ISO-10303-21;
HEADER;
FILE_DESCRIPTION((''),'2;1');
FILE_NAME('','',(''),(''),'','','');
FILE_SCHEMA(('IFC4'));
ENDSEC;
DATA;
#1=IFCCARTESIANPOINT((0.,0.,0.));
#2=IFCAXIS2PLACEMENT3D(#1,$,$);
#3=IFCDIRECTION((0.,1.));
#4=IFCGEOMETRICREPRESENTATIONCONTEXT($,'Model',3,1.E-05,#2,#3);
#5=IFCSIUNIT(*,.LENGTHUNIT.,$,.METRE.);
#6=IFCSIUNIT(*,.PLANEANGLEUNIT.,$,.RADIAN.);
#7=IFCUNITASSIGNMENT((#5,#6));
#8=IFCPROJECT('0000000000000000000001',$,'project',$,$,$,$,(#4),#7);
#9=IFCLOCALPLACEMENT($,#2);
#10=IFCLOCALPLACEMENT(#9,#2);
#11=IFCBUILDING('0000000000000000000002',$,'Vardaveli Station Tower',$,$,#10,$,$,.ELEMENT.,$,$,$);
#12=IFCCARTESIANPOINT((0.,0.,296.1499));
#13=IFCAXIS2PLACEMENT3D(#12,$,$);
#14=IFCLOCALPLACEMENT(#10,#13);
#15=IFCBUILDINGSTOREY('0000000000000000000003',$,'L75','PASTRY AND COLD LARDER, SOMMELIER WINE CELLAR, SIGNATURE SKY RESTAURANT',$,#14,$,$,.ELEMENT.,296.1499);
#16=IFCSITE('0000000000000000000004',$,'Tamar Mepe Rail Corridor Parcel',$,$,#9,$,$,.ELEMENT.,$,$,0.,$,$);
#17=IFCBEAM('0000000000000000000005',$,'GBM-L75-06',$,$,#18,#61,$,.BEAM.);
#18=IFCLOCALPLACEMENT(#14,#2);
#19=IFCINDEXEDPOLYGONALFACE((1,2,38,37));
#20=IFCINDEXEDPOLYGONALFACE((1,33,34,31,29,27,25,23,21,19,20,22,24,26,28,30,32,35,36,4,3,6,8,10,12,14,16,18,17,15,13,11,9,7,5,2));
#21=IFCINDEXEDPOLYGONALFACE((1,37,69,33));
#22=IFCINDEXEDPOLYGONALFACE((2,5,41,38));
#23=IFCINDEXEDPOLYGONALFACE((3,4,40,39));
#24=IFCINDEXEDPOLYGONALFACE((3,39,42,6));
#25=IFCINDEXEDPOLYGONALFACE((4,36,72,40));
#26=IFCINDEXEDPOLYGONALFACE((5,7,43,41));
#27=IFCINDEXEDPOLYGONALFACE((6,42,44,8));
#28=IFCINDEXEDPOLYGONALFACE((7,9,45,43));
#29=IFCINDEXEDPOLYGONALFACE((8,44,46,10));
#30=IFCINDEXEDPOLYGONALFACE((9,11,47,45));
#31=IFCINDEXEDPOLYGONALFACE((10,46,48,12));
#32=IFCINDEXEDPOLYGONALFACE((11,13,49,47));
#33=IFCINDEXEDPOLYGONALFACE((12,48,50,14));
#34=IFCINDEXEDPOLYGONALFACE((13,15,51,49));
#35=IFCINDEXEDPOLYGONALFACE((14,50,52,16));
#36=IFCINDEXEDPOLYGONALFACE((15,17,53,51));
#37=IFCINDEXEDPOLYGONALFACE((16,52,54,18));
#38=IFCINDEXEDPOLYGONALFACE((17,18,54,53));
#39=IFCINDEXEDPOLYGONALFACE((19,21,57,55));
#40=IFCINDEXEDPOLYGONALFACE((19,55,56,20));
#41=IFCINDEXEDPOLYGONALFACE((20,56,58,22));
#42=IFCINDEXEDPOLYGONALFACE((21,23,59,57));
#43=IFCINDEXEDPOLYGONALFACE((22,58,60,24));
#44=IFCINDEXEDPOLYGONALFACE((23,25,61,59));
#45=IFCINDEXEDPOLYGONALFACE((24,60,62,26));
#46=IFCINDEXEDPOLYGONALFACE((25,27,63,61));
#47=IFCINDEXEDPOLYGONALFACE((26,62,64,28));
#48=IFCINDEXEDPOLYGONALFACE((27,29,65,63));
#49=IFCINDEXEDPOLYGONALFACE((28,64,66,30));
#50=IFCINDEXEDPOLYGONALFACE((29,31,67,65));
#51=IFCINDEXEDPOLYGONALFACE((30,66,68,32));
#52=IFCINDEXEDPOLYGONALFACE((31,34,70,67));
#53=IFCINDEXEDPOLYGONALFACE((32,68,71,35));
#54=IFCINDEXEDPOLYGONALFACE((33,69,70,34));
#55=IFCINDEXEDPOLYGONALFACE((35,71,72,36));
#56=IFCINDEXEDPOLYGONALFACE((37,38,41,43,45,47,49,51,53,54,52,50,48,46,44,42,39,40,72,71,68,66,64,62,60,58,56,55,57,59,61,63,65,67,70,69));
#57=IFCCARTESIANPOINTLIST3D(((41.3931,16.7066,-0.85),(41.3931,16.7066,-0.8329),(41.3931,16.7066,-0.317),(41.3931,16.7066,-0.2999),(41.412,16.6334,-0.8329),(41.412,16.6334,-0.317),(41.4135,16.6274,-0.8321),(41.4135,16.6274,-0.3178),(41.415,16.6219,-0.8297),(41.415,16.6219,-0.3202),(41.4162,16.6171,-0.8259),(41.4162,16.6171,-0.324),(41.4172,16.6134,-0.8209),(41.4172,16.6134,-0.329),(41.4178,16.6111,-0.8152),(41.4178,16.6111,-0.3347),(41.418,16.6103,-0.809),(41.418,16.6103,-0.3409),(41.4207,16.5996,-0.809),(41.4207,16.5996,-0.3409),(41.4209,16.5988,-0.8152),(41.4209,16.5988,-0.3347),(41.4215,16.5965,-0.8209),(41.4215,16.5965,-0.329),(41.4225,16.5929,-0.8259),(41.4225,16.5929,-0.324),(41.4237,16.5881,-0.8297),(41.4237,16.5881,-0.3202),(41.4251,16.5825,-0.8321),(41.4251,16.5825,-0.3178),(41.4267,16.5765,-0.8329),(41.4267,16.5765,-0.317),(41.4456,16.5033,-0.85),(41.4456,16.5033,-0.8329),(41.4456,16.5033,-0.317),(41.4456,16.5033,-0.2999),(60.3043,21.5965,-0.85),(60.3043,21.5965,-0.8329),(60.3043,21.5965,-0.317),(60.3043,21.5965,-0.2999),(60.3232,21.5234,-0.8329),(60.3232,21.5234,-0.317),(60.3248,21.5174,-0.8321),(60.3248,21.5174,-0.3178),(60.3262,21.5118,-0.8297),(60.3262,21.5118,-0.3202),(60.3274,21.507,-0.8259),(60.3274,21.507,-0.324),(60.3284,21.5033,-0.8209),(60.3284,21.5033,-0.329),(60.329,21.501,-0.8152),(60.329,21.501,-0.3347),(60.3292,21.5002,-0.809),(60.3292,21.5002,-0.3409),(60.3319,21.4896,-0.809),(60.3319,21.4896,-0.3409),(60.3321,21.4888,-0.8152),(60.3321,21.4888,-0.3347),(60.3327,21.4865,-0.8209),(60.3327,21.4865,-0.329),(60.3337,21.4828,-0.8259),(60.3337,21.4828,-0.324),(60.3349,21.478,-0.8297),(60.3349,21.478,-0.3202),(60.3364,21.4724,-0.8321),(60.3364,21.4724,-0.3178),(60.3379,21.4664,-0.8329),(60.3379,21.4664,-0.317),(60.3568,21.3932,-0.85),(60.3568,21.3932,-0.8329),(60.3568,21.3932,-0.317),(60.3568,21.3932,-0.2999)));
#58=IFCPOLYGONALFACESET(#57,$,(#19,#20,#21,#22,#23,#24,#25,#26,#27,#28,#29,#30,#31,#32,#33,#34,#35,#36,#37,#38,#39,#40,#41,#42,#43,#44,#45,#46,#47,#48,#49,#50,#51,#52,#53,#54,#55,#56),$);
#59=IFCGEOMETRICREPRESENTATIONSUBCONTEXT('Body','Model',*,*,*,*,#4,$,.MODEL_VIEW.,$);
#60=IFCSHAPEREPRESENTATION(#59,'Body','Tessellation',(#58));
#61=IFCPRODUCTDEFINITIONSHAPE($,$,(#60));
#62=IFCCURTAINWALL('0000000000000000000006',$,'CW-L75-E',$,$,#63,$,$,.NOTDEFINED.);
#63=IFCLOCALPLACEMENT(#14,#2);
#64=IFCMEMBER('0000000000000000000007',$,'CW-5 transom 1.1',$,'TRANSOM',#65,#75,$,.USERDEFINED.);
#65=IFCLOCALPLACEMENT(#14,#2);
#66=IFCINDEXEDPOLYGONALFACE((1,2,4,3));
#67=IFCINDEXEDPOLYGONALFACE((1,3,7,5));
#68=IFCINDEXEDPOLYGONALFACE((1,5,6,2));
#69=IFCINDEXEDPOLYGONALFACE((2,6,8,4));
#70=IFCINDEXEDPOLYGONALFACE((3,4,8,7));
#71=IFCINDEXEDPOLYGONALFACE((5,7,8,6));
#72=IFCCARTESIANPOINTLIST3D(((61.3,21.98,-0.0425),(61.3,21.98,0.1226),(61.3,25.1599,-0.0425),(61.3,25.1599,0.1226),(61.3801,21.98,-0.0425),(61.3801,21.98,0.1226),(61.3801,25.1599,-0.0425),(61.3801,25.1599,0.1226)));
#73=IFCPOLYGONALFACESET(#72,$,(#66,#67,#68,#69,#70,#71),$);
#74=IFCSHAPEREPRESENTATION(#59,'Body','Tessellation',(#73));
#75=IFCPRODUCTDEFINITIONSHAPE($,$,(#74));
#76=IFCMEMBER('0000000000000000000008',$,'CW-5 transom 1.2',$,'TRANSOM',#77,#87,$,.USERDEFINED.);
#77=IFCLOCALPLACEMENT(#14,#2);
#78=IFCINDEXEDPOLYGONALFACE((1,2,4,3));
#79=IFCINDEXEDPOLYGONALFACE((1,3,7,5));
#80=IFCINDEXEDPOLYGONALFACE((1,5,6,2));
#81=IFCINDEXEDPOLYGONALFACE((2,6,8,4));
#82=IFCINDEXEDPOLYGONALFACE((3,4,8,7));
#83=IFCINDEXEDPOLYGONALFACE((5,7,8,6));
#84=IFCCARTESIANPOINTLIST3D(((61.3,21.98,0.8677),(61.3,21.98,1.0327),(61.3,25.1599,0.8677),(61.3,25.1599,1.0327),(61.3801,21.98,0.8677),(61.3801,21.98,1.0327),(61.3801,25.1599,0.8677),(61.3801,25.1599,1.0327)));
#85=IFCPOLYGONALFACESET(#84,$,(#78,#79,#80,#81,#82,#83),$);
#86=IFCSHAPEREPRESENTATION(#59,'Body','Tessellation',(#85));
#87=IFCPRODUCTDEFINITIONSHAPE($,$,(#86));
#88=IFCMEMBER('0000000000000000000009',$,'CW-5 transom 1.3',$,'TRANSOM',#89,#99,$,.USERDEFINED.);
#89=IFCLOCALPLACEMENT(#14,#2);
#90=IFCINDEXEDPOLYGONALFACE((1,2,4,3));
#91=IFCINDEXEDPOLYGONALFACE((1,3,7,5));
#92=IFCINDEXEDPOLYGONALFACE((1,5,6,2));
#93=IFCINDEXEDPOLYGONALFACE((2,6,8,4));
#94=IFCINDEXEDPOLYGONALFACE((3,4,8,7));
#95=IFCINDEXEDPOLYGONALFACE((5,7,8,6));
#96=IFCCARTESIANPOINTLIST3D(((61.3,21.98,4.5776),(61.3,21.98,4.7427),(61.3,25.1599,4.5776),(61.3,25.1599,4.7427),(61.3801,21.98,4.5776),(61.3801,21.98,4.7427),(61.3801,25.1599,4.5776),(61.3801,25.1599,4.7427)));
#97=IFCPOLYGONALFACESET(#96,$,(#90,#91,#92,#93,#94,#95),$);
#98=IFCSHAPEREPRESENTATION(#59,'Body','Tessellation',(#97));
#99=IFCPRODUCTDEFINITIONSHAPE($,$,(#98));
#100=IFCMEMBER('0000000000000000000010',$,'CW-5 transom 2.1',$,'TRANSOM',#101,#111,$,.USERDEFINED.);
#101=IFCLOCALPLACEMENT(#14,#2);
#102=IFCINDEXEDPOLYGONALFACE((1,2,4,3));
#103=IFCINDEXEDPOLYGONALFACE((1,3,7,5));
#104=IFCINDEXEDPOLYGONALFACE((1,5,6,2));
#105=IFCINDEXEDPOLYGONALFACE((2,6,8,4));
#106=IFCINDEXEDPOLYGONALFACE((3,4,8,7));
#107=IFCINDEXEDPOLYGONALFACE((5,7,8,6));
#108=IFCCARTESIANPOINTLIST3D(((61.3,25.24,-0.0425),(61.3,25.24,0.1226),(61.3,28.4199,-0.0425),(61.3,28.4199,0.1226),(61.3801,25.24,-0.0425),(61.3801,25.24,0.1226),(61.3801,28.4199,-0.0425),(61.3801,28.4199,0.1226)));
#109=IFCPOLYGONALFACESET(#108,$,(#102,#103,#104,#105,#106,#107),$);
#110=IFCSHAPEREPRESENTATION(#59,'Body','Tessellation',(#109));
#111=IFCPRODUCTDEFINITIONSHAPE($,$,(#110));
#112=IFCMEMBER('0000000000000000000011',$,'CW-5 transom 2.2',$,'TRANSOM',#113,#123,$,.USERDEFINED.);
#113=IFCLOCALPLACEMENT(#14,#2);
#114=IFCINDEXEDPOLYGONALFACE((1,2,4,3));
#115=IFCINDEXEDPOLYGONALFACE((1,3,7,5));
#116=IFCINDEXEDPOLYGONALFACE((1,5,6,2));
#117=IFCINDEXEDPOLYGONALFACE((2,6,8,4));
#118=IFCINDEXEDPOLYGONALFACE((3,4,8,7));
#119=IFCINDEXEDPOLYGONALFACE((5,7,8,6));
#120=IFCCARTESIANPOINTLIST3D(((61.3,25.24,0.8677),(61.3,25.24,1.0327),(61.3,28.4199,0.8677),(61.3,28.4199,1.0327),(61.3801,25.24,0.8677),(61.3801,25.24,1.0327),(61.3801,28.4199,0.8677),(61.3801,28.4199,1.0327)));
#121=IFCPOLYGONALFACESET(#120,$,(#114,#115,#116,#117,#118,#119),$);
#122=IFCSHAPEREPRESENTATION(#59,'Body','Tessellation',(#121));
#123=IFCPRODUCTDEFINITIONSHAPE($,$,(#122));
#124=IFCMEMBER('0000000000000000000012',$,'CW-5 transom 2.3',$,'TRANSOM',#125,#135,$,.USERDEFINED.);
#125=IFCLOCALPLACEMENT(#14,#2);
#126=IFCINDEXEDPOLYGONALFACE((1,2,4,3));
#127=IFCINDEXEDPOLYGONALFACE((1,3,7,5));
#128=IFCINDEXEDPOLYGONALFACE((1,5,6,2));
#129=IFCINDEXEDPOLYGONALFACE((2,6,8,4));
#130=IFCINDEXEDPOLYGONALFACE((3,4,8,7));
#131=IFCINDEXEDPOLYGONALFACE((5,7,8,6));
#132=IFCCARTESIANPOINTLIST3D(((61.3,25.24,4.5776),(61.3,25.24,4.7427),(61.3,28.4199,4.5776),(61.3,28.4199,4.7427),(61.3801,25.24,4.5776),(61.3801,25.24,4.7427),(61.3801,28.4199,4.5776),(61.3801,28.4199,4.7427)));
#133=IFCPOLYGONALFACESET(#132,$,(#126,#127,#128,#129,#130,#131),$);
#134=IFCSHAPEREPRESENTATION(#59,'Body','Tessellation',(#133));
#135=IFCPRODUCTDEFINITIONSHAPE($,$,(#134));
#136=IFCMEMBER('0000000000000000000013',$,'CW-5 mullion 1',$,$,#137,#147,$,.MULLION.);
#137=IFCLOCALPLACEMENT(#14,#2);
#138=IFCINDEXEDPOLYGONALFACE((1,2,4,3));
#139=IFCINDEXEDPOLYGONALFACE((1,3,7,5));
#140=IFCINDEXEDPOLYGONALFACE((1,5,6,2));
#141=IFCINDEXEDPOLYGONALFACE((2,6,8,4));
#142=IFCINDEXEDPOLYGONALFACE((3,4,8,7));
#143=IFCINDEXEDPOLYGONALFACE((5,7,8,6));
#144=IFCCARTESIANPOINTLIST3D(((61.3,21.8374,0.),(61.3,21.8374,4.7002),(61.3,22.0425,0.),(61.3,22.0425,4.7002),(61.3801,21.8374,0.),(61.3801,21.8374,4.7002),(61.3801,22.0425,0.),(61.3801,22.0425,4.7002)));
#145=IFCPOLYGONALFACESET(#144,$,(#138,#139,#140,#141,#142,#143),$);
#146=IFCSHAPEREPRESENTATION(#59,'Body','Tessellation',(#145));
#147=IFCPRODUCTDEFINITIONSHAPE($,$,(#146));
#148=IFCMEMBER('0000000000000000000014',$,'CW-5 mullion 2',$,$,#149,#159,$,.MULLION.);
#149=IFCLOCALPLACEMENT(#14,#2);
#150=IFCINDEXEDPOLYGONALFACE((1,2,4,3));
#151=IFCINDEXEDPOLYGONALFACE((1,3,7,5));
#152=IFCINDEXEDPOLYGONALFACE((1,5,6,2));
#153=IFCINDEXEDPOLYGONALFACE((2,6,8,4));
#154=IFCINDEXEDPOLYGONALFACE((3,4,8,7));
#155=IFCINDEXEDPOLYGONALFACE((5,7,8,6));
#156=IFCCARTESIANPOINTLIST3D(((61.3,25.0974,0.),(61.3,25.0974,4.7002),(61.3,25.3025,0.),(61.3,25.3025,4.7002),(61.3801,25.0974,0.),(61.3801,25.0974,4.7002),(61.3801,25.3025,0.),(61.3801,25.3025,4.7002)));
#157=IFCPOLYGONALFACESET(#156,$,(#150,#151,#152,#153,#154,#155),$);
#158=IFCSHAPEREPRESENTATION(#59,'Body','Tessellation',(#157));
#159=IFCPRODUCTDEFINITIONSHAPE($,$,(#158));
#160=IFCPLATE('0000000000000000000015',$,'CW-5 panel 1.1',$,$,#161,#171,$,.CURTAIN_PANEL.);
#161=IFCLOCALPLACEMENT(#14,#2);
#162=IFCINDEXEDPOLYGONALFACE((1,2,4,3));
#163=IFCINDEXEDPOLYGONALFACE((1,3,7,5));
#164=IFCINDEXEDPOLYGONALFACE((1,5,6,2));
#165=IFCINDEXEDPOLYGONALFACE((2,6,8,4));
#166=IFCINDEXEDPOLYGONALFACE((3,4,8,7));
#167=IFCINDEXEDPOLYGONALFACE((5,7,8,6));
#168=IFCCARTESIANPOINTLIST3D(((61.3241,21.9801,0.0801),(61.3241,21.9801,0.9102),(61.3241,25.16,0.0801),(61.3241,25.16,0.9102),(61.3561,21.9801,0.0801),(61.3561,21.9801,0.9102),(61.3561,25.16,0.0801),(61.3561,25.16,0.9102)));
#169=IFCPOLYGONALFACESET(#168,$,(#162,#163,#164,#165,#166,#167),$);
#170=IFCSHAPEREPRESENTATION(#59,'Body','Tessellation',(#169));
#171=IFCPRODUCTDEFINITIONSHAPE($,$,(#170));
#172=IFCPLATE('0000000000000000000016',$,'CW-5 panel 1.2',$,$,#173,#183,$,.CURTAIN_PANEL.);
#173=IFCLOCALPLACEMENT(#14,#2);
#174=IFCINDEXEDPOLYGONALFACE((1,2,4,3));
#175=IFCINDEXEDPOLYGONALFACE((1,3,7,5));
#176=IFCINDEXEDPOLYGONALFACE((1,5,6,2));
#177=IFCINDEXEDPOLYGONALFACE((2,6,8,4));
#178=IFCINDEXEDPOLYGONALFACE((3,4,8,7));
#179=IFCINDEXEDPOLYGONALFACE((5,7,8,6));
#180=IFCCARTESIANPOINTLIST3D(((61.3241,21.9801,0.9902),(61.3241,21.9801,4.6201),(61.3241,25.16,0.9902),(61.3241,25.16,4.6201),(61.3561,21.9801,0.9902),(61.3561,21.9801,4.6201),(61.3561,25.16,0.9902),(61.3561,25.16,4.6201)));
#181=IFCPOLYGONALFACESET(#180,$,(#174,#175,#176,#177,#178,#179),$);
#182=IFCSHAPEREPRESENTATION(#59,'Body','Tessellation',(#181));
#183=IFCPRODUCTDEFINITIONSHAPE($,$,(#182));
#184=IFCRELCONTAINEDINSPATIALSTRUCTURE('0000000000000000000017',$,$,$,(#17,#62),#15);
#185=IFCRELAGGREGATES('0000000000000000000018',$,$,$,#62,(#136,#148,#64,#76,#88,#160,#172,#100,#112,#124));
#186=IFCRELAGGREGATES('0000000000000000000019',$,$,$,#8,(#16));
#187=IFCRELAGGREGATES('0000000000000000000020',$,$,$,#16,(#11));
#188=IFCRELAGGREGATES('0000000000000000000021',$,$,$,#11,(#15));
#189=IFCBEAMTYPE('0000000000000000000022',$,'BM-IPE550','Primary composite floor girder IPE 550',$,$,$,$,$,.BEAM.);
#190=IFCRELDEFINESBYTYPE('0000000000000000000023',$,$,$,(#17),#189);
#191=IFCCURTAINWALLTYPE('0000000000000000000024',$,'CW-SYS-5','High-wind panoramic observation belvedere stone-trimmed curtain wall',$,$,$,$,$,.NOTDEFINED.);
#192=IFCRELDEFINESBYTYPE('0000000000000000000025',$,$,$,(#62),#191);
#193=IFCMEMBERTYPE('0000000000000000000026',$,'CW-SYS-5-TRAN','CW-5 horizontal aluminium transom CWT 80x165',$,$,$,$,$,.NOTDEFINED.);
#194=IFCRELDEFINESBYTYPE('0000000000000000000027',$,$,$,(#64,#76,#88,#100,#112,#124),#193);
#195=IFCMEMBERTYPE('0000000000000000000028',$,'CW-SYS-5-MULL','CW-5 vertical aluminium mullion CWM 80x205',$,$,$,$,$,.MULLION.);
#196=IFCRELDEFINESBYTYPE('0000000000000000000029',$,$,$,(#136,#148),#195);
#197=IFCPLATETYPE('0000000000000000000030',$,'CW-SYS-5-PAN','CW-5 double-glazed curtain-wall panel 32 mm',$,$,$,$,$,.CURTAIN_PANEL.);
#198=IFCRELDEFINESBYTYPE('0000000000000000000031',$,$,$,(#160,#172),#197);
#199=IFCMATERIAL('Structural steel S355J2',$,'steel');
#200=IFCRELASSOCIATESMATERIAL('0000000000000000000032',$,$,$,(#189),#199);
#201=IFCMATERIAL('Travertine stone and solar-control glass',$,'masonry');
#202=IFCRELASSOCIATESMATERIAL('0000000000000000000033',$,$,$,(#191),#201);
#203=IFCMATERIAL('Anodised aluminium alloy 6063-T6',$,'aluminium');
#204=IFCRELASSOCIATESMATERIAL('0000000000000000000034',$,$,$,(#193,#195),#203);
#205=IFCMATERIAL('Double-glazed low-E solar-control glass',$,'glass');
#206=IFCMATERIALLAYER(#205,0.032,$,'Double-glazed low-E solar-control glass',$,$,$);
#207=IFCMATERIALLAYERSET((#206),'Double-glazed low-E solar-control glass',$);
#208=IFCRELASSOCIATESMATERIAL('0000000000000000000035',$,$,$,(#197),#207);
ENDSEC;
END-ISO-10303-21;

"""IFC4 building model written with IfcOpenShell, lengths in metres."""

from ifc_helpers import new_model, si_unit, direction, frame, origin, origin_2d, place, context, subcontext, project, spatial, rectangle, i_section, extrude, source, transform, mapped, material, layer, layer_set, material_profile, profile_set, type_object, element, aggregate, save


model = new_model("IFC4")

# Units and contexts
model_context = context("Model", 3, precision=1e-05, world=origin(), true_north=direction((0.0, 1.0)))
body_context = subcontext(model_context, "Body", "Model", "MODEL_VIEW")
ifc_project = project(units=[si_unit("LENGTHUNIT", "METRE"), si_unit("PLANEANGLEUNIT", "RADIAN")], contexts=[model_context])

# Site, building, storey
site_placement = place(None, origin())
site = spatial("IfcSite", under=ifc_project, at=site_placement, Name="Tamar Mepe Rail Corridor Parcel", CompositionType="ELEMENT", RefElevation=0.0)
building_placement = place(site_placement, origin())
building = spatial("IfcBuilding", under=site, at=building_placement, Name="Vardaveli Station Tower", CompositionType="ELEMENT")
storey_placement = place(building_placement, frame((0.0, 0.0, 296.1499)))
storey = spatial("IfcBuildingStorey", under=building, at=storey_placement, Name="L75", Description="PASTRY AND COLD LARDER, SOMMELIER WINE CELLAR, SIGNATURE SKY RESTAURANT", CompositionType="ELEMENT", Elevation=296.1499)

# Shared definitions
ifc_material_1 = material(Name="Structural steel S355J2", Category="steel")

# Beam
ifc_material_profile_1 = material_profile(ifc_material_1, i_section(OverallWidth=0.21, OverallDepth=0.55, WebThickness=0.011, FlangeThickness=0.0171, FilletRadius=0.0239, at=origin_2d()), Name="IPE 550")
ifc_profile_set_1 = profile_set([ifc_material_profile_1], Name="Structural steel S355J2")
beam_type_1 = type_object("IfcBeamType", Name="BM-IPE550", Description="Primary composite floor girder IPE 550", PredefinedType="BEAM", material=ifc_profile_set_1)
shared_shape_1 = source(origin(), body_context, "Body", "SweptSolid", [
    extrude(i_section(OverallWidth=0.21, OverallDepth=0.55, WebThickness=0.011, FlangeThickness=0.0171, FilletRadius=0.0239, at=origin_2d()), origin(), (0.0, 0.0, 1.0), 19.5332),
])
beam_1_placement = place(storey_placement, frame((60.3306, 21.4949, -0.575), z_axis=(-0.968158, -0.250339, 0.0), x_axis=(0.250339, -0.968158, 0.0)))
element("IfcBeam", 1, at=beam_1_placement, inside=storey, type_object=beam_type_1, Name="GBM-L75-06", PredefinedType="BEAM", context=body_context, shape_type="MappedRepresentation", body=[
    mapped(shared_shape_1, transform((0.0, 0.0, 0.0), scale=1.0)),
])

# Curtain wall, members, plates
ifc_material_2 = material(Name="Travertine stone and solar-control glass", Category="masonry")
curtain_wall_type = type_object("IfcCurtainWallType", Name="CW-SYS-5", Description="High-wind panoramic observation belvedere stone-trimmed curtain wall", PredefinedType="NOTDEFINED", material=ifc_material_2)
curtain_wall_placement = place(storey_placement, origin())
curtain_wall = element("IfcCurtainWall", 2, at=curtain_wall_placement, inside=storey, type_object=curtain_wall_type, Name="CW-L75-E", PredefinedType="NOTDEFINED")
ifc_material_3 = material(Name="Anodised aluminium alloy 6063-T6", Category="aluminium")
ifc_material_profile_2 = material_profile(ifc_material_3, rectangle(XDim=0.0801, YDim=0.165, at=origin_2d()), Name="CWT 80x165")
ifc_profile_set_2 = profile_set([ifc_material_profile_2], Name="Anodised aluminium alloy 6063-T6")
member_type_1 = type_object("IfcMemberType", Name="CW-SYS-5-TRAN", Description="CW-5 horizontal aluminium transom CWT 80x165", PredefinedType="NOTDEFINED", material=ifc_profile_set_2)
shared_shape_2 = source(origin(), body_context, "Body", "SweptSolid", [
    extrude(rectangle(XDim=0.0801, YDim=0.165, at=origin_2d()), origin(), (0.0, 0.0, 1.0), 3.1799),
])
member_1_placement = place(storey_placement, frame((61.3401, 21.98, 0.04), z_axis=(0.0, 1.0, 0.0), x_axis=(-1.0, 0.0, 0.0)))
member_1 = element("IfcMember", 3, at=member_1_placement, type_object=member_type_1, Name="CW-5 transom 1.1", ObjectType="TRANSOM", PredefinedType="USERDEFINED", context=body_context, shape_type="MappedRepresentation", body=[
    mapped(shared_shape_2, transform((0.0, 0.0, 0.0), scale=1.0)),
])
member_2_placement = place(storey_placement, frame((61.3401, 21.98, 0.9502), z_axis=(0.0, 1.0, 0.0), x_axis=(-1.0, 0.0, 0.0)))
member_2 = element("IfcMember", 4, at=member_2_placement, type_object=member_type_1, Name="CW-5 transom 1.2", ObjectType="TRANSOM", PredefinedType="USERDEFINED", context=body_context, shape_type="MappedRepresentation", body=[
    mapped(shared_shape_2, transform((0.0, 0.0, 0.0), scale=1.0)),
])
member_3_placement = place(storey_placement, frame((61.3401, 21.98, 4.6602), z_axis=(0.0, 1.0, 0.0), x_axis=(-1.0, 0.0, 0.0)))
member_3 = element("IfcMember", 5, at=member_3_placement, type_object=member_type_1, Name="CW-5 transom 1.3", ObjectType="TRANSOM", PredefinedType="USERDEFINED", context=body_context, shape_type="MappedRepresentation", body=[
    mapped(shared_shape_2, transform((0.0, 0.0, 0.0), scale=1.0)),
])
member_4_placement = place(storey_placement, frame((61.3401, 25.24, 0.04), z_axis=(0.0, 1.0, 0.0), x_axis=(-1.0, 0.0, 0.0)))
member_4 = element("IfcMember", 6, at=member_4_placement, type_object=member_type_1, Name="CW-5 transom 2.1", ObjectType="TRANSOM", PredefinedType="USERDEFINED", context=body_context, shape_type="MappedRepresentation", body=[
    mapped(shared_shape_2, transform((0.0, 0.0, 0.0), scale=1.0)),
])
member_5_placement = place(storey_placement, frame((61.3401, 25.24, 0.9502), z_axis=(0.0, 1.0, 0.0), x_axis=(-1.0, 0.0, 0.0)))
member_5 = element("IfcMember", 7, at=member_5_placement, type_object=member_type_1, Name="CW-5 transom 2.2", ObjectType="TRANSOM", PredefinedType="USERDEFINED", context=body_context, shape_type="MappedRepresentation", body=[
    mapped(shared_shape_2, transform((0.0, 0.0, 0.0), scale=1.0)),
])
member_6_placement = place(storey_placement, frame((61.3401, 25.24, 4.6602), z_axis=(0.0, 1.0, 0.0), x_axis=(-1.0, 0.0, 0.0)))
member_6 = element("IfcMember", 8, at=member_6_placement, type_object=member_type_1, Name="CW-5 transom 2.3", ObjectType="TRANSOM", PredefinedType="USERDEFINED", context=body_context, shape_type="MappedRepresentation", body=[
    mapped(shared_shape_2, transform((0.0, 0.0, 0.0), scale=1.0)),
])
ifc_material_profile_3 = material_profile(ifc_material_3, rectangle(XDim=0.0801, YDim=0.2051, at=origin_2d()), Name="CWM 80x205")
ifc_profile_set_3 = profile_set([ifc_material_profile_3], Name="Anodised aluminium alloy 6063-T6")
member_type_2 = type_object("IfcMemberType", Name="CW-SYS-5-MULL", Description="CW-5 vertical aluminium mullion CWM 80x205", PredefinedType="MULLION", material=ifc_profile_set_3)
shared_shape_3 = source(origin(), body_context, "Body", "SweptSolid", [
    extrude(rectangle(XDim=0.0801, YDim=0.2051, at=origin_2d()), origin(), (0.0, 0.0, 1.0), 4.7002),
])
member_7_placement = place(storey_placement, frame((61.3401, 21.9399, 0.0), z_axis=(0.0, 0.0, 1.0), x_axis=(-1.0, 0.0, 0.0)))
member_7 = element("IfcMember", 9, at=member_7_placement, type_object=member_type_2, Name="CW-5 mullion 1", PredefinedType="MULLION", context=body_context, shape_type="MappedRepresentation", body=[
    mapped(shared_shape_3, transform((0.0, 0.0, 0.0), scale=1.0)),
])
member_8_placement = place(storey_placement, frame((61.3401, 25.2, 0.0), z_axis=(0.0, 0.0, 1.0), x_axis=(-1.0, 0.0, 0.0)))
member_8 = element("IfcMember", 10, at=member_8_placement, type_object=member_type_2, Name="CW-5 mullion 2", PredefinedType="MULLION", context=body_context, shape_type="MappedRepresentation", body=[
    mapped(shared_shape_3, transform((0.0, 0.0, 0.0), scale=1.0)),
])
ifc_material_4 = material(Name="Double-glazed low-E solar-control glass", Category="glass")
ifc_layer_1 = layer(ifc_material_4, 0.032, Name="Double-glazed low-E solar-control glass")
ifc_layer_set_1 = layer_set([ifc_layer_1], Name="Double-glazed low-E solar-control glass")
plate_type = type_object("IfcPlateType", Name="CW-SYS-5-PAN", Description="CW-5 double-glazed curtain-wall panel 32 mm", PredefinedType="CURTAIN_PANEL", material=ifc_layer_set_1)
shared_shape_4 = source(origin(), body_context, "Body", "SweptSolid", [
    extrude(rectangle(XDim=3.1799, YDim=0.032, at=origin_2d()), origin(), (0.0, 0.0, 1.0), 0.8301),
])
plate_1_placement = place(storey_placement, frame((61.3401, 23.5701, 0.0801), z_axis=(0.0, 0.0, 1.0), x_axis=(0.0, 1.0, 0.0)))
plate_1 = element("IfcPlate", 11, at=plate_1_placement, type_object=plate_type, Name="CW-5 panel 1.1", PredefinedType="CURTAIN_PANEL", context=body_context, shape_type="MappedRepresentation", body=[
    mapped(shared_shape_4, transform((0.0, 0.0, 0.0), scale=1.0)),
])
shared_shape_5 = source(origin(), body_context, "Body", "SweptSolid", [
    extrude(rectangle(XDim=3.1799, YDim=0.032, at=origin_2d()), origin(), (0.0, 0.0, 1.0), 3.6299),
])
plate_2_placement = place(storey_placement, frame((61.3401, 23.5701, 0.9902), z_axis=(0.0, 0.0, 1.0), x_axis=(0.0, 1.0, 0.0)))
plate_2 = element("IfcPlate", 12, at=plate_2_placement, type_object=plate_type, Name="CW-5 panel 1.2", PredefinedType="CURTAIN_PANEL", context=body_context, shape_type="MappedRepresentation", body=[
    mapped(shared_shape_5, transform((0.0, 0.0, 0.0), scale=1.0)),
])
aggregate(curtain_wall, [member_7, member_8, member_1, member_2, member_3, plate_1, plate_2, member_4, member_5, member_6])

save(model, "model.ifc")
